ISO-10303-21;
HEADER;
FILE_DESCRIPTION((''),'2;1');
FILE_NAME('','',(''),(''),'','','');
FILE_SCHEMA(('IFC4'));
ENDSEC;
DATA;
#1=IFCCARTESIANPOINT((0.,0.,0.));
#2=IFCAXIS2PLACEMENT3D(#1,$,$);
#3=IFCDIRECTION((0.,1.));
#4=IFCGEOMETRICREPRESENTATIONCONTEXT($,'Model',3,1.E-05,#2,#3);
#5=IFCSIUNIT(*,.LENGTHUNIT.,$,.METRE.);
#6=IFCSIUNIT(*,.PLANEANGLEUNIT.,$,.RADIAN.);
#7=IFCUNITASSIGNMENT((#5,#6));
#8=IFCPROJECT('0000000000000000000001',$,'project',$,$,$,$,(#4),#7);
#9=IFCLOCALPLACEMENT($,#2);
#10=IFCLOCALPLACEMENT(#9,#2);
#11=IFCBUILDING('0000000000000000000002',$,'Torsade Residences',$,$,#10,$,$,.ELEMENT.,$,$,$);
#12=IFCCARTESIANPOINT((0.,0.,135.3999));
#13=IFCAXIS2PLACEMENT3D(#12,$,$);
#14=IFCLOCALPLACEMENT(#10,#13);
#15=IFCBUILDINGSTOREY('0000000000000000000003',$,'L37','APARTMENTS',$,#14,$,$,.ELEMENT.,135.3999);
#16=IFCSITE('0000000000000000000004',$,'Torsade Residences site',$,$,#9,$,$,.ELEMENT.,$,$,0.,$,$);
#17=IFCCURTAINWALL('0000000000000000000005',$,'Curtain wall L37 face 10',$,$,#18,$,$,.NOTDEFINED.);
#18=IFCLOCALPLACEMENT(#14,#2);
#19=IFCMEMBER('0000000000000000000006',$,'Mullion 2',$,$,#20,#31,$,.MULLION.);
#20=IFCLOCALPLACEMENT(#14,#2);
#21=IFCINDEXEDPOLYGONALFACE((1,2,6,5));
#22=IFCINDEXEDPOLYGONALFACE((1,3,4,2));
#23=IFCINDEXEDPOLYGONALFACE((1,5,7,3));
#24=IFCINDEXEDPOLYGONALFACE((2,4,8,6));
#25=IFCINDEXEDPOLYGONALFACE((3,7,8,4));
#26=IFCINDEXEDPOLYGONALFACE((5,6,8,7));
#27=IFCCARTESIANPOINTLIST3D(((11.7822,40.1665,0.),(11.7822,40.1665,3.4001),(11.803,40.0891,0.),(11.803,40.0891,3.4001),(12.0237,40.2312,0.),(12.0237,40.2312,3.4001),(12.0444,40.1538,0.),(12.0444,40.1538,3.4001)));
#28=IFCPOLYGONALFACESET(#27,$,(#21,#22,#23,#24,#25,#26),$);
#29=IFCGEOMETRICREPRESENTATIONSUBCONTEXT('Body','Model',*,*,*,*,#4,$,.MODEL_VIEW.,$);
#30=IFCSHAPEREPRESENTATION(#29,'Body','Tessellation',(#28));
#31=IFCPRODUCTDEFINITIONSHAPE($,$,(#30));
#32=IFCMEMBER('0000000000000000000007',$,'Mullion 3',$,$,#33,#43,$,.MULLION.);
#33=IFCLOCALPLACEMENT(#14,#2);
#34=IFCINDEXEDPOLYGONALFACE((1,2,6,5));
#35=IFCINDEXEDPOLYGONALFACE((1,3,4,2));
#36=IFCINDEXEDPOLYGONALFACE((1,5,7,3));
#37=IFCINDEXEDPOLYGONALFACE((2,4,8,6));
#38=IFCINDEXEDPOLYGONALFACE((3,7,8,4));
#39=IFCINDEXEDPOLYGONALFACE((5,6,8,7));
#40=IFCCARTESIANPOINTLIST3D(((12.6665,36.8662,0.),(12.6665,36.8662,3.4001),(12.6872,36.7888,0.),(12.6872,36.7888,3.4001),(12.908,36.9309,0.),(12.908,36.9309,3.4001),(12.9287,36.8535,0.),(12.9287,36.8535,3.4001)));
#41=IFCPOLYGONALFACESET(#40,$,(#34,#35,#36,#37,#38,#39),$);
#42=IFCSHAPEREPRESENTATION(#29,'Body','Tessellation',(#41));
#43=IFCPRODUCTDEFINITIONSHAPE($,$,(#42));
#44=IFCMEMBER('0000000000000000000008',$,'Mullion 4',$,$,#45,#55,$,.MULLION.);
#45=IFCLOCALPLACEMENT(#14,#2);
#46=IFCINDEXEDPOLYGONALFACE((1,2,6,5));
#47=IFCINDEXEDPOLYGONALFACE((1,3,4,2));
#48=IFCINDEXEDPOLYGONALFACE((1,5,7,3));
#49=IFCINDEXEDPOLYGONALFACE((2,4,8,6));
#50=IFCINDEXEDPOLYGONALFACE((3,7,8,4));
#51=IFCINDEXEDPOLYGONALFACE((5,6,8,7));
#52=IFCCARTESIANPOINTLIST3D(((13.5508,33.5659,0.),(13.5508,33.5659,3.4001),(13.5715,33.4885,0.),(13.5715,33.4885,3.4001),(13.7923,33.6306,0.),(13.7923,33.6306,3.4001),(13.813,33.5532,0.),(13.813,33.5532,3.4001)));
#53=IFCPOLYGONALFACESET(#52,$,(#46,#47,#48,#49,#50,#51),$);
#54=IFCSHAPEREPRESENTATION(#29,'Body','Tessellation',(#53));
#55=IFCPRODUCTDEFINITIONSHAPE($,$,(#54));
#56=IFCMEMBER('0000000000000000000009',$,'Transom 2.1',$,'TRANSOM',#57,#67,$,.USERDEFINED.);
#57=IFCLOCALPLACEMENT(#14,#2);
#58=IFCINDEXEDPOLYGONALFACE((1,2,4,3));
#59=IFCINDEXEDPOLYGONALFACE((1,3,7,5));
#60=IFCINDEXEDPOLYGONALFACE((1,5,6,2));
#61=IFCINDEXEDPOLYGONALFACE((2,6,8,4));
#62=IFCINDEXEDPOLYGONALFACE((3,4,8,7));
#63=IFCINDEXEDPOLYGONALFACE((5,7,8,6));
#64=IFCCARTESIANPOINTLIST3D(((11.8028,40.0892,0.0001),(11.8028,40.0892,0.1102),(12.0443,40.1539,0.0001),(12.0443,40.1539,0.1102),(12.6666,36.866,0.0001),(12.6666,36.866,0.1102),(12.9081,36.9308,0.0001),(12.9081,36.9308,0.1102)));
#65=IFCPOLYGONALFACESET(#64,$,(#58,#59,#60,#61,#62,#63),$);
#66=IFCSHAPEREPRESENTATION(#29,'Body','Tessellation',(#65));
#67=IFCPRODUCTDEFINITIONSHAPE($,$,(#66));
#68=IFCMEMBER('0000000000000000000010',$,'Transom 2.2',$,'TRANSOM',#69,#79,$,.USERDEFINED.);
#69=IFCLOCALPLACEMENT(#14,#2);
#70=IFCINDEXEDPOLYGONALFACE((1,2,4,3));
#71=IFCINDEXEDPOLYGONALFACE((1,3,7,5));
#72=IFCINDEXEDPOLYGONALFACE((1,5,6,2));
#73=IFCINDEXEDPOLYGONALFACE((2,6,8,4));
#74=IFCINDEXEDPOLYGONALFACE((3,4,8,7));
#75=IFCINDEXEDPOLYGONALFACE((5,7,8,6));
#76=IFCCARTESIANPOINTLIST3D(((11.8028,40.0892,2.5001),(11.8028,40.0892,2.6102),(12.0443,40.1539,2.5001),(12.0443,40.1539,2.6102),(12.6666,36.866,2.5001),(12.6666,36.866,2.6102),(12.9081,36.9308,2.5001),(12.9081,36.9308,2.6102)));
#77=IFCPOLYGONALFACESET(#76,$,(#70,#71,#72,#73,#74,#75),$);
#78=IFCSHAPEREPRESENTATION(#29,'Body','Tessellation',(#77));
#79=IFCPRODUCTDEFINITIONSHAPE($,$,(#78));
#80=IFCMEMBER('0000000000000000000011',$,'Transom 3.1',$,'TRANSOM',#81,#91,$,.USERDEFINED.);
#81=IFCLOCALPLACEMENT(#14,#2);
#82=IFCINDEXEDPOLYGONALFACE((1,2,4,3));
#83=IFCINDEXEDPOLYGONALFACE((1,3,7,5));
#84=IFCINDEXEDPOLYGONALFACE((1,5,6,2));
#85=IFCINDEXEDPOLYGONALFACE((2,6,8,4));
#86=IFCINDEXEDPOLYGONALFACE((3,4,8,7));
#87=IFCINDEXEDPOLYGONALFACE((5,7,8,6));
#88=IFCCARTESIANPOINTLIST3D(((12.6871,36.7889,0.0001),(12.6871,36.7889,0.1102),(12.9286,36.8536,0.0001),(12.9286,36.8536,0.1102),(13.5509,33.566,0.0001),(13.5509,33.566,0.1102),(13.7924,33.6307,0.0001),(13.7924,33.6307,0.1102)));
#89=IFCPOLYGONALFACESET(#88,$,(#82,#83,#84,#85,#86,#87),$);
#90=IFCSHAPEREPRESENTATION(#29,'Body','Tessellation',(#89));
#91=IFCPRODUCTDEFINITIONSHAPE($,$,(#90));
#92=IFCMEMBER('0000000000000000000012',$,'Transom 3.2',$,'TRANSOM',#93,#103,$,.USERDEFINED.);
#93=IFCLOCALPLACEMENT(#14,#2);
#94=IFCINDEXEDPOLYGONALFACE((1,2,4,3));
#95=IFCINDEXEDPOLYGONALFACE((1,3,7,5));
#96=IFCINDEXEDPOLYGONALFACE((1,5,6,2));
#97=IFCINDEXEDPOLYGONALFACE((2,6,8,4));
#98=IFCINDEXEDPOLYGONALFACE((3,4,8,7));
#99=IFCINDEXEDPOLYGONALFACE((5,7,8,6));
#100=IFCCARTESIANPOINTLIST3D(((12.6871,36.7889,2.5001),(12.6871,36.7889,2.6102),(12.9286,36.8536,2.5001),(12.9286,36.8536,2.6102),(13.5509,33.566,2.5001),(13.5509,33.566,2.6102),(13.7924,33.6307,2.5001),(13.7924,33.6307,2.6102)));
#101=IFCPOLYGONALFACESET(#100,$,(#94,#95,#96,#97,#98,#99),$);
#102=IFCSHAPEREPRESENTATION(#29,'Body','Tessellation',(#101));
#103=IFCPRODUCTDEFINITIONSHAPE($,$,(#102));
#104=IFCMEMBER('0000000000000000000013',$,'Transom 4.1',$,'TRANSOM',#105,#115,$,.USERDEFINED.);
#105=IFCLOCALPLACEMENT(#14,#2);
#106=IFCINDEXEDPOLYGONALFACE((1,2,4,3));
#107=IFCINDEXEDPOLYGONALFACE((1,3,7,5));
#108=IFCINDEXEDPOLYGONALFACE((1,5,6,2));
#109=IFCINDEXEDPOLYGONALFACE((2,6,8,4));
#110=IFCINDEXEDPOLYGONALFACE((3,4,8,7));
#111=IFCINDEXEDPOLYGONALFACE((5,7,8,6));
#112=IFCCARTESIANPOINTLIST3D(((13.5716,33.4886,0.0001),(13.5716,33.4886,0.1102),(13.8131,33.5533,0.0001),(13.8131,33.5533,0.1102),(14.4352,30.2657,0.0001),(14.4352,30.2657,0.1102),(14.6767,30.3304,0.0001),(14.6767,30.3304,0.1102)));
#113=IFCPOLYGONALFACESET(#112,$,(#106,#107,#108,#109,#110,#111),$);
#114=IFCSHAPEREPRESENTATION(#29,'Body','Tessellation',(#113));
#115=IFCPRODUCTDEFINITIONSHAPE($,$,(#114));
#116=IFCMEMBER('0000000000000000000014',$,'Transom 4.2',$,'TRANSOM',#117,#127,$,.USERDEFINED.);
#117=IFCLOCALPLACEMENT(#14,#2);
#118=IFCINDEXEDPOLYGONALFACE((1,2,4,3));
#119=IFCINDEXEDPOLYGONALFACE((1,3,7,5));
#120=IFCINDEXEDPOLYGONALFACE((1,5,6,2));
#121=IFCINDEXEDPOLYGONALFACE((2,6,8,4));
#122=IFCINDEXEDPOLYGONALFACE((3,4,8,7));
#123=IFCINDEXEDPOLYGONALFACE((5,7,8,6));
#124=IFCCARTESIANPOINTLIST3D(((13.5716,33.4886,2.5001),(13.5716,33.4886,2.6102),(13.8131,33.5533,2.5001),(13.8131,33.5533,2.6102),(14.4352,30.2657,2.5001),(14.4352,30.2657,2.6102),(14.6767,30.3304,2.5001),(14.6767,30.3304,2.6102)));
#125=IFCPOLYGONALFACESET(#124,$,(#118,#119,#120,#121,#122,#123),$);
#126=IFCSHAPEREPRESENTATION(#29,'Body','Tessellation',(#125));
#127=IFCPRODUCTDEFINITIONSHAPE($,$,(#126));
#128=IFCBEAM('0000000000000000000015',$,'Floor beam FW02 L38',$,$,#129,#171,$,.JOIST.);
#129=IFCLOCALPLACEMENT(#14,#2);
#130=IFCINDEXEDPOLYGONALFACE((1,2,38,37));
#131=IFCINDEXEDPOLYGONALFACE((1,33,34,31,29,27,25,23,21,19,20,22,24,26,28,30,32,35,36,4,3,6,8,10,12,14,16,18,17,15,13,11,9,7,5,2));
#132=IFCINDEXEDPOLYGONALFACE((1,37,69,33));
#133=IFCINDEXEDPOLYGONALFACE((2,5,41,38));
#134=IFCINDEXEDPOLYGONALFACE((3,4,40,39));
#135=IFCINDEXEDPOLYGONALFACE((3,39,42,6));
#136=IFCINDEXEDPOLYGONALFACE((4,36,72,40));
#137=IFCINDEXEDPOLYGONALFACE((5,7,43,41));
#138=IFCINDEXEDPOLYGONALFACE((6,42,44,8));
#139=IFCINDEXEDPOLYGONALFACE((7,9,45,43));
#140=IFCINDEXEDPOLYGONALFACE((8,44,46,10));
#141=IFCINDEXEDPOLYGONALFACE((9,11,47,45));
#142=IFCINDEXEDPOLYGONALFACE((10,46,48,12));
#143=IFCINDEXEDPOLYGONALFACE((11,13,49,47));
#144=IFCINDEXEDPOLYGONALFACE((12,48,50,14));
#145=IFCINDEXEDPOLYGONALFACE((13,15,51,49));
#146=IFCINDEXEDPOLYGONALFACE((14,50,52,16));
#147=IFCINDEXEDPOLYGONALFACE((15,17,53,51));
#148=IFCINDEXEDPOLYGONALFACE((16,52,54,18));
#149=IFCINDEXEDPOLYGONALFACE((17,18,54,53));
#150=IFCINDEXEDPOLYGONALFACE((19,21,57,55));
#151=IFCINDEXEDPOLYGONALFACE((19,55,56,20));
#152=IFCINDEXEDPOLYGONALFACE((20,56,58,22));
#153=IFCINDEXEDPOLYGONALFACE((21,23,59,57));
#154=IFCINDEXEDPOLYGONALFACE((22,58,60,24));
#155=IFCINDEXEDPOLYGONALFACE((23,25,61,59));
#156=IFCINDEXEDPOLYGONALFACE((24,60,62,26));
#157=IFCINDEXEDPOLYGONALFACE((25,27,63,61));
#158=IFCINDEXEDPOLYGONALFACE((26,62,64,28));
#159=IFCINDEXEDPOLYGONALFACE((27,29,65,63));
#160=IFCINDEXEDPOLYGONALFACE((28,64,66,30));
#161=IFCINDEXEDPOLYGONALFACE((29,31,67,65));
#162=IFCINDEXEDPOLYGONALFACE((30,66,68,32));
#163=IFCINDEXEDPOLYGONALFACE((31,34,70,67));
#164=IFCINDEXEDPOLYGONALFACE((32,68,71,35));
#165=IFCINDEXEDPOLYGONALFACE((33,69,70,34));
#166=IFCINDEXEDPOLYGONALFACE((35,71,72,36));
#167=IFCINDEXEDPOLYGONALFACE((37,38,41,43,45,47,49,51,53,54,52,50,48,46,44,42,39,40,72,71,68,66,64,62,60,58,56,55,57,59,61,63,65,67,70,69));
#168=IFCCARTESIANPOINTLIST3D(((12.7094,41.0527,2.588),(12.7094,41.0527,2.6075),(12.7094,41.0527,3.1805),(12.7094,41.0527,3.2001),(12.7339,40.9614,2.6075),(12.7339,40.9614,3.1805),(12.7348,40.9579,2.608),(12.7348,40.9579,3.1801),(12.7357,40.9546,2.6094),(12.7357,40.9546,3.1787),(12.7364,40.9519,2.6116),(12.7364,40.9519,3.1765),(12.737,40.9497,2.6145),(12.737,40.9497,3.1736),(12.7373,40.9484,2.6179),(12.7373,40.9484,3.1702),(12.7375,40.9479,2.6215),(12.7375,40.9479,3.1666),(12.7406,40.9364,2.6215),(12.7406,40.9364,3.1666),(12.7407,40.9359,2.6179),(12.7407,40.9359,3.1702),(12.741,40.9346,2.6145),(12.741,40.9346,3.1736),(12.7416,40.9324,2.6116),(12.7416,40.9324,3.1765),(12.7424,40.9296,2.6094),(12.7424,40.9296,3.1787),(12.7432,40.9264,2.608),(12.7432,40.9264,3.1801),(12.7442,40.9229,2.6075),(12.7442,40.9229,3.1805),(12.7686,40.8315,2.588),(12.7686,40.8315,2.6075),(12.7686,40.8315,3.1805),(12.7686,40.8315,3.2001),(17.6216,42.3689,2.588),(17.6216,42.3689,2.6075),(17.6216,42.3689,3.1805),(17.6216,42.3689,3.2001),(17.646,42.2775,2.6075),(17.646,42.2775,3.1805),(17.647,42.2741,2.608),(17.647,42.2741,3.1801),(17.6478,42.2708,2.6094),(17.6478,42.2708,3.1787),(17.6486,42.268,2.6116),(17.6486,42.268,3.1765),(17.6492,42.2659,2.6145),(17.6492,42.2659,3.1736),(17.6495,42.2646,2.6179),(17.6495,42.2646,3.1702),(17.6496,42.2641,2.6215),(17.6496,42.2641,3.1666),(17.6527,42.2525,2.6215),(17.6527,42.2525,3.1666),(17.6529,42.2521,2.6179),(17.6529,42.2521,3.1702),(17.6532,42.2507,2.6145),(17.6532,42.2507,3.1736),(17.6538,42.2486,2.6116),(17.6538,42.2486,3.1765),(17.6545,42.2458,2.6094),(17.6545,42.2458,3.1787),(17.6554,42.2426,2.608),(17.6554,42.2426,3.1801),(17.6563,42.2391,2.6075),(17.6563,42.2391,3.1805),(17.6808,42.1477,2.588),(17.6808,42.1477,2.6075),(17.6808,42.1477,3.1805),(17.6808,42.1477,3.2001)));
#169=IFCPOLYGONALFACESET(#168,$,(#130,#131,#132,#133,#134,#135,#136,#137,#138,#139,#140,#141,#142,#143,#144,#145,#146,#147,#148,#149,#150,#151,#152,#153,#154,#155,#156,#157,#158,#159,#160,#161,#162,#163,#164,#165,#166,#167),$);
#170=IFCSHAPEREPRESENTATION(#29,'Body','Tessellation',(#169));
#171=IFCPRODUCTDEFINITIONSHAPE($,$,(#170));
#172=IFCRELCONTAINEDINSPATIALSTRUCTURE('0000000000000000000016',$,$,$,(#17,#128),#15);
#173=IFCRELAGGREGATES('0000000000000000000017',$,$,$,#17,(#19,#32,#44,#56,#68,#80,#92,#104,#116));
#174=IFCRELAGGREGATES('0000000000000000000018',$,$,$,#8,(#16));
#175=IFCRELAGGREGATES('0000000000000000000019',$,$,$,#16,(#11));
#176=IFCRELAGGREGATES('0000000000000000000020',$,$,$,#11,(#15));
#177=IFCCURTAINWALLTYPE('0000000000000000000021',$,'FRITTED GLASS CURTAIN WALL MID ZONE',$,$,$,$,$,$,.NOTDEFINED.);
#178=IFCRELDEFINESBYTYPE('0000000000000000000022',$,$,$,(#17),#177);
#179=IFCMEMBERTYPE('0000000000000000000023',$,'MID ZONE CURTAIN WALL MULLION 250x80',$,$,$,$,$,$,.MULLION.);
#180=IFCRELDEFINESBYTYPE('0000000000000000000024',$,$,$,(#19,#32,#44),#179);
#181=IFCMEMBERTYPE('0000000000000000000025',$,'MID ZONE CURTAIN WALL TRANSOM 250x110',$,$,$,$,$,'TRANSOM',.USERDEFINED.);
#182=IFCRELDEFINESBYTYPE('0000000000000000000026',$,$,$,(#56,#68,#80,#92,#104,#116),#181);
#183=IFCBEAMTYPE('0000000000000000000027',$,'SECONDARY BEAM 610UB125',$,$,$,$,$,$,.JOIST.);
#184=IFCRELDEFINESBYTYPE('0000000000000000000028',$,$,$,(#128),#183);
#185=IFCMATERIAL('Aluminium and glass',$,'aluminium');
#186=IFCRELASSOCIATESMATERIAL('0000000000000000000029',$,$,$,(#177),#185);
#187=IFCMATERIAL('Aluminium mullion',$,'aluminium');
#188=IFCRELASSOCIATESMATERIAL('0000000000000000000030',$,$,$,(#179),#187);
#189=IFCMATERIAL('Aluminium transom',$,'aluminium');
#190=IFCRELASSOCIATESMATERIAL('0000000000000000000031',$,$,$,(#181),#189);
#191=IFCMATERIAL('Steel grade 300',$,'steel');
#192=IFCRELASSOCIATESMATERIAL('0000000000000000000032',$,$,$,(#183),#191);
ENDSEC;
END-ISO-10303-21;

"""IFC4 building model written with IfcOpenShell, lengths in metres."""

from ifc_helpers import new_model, si_unit, direction, frame, origin, origin_2d, place, context, subcontext, project, spatial, rectangle, i_section, extrude, material, material_profile, profile_set, type_object, element, aggregate, save


model = new_model("IFC4")

# Units and contexts
model_context = context("Model", 3, precision=1e-05, world=origin(), true_north=direction((0.0, 1.0)))
body_context = subcontext(model_context, "Body", "Model", "MODEL_VIEW")
ifc_project = project(units=[si_unit("LENGTHUNIT", "METRE"), si_unit("PLANEANGLEUNIT", "RADIAN")], contexts=[model_context])

# Site, building, storey
site_placement = place(None, origin())
site = spatial("IfcSite", under=ifc_project, at=site_placement, Name="Torsade Residences site", CompositionType="ELEMENT", RefElevation=0.0)
building_placement = place(site_placement, origin())
building = spatial("IfcBuilding", under=site, at=building_placement, Name="Torsade Residences", CompositionType="ELEMENT")
storey_placement = place(building_placement, frame((0.0, 0.0, 135.3999)))
storey = spatial("IfcBuildingStorey", under=building, at=storey_placement, Name="L37", Description="APARTMENTS", CompositionType="ELEMENT", Elevation=135.3999)

# Curtain wall, members
ifc_material_1 = material(Name="Aluminium and glass", Category="aluminium")
curtain_wall_type = type_object("IfcCurtainWallType", Name="FRITTED GLASS CURTAIN WALL MID ZONE", PredefinedType="NOTDEFINED", material=ifc_material_1)
curtain_wall_placement = place(storey_placement, origin())
curtain_wall = element("IfcCurtainWall", 1, at=curtain_wall_placement, inside=storey, type_object=curtain_wall_type, Name="Curtain wall L37 face 10", PredefinedType="NOTDEFINED")
ifc_material_2 = material(Name="Aluminium mullion", Category="aluminium")
ifc_material_profile_1 = material_profile(ifc_material_2, rectangle(XDim=0.25, YDim=0.0801, at=origin_2d()), Name="MID ZONE CURTAIN WALL MULLION 250x80")
ifc_profile_set_1 = profile_set([ifc_material_profile_1], Name="Aluminium mullion")
member_type_1 = type_object("IfcMemberType", Name="MID ZONE CURTAIN WALL MULLION 250x80", PredefinedType="MULLION", material=ifc_profile_set_1)
member_1_placement = place(storey_placement, frame((11.9133, 40.1602, 0.0), z_axis=(0.0, 0.0, 1.0), x_axis=(0.965926, 0.258819, 0.0)))
member_1 = element("IfcMember", 2, at=member_1_placement, type_object=member_type_1, Name="Mullion 2", PredefinedType="MULLION", context=body_context, shape_type="SweptSolid", body=[
    extrude(rectangle(XDim=0.25, YDim=0.0801, at=origin_2d()), origin(), (0.0, 0.0, 1.0), 3.4001),
])
member_2_placement = place(storey_placement, frame((12.7976, 36.8599, 0.0), z_axis=(0.0, 0.0, 1.0), x_axis=(0.965926, 0.258819, 0.0)))
member_2 = element("IfcMember", 3, at=member_2_placement, type_object=member_type_1, Name="Mullion 3", PredefinedType="MULLION", context=body_context, shape_type="SweptSolid", body=[
    extrude(rectangle(XDim=0.25, YDim=0.0801, at=origin_2d()), origin(), (0.0, 0.0, 1.0), 3.4001),
])
member_3_placement = place(storey_placement, frame((13.6819, 33.5596, 0.0), z_axis=(0.0, 0.0, 1.0), x_axis=(0.965926, 0.258819, 0.0)))
member_3 = element("IfcMember", 4, at=member_3_placement, type_object=member_type_1, Name="Mullion 4", PredefinedType="MULLION", context=body_context, shape_type="SweptSolid", body=[
    extrude(rectangle(XDim=0.25, YDim=0.0801, at=origin_2d()), origin(), (0.0, 0.0, 1.0), 3.4001),
])
ifc_material_3 = material(Name="Aluminium transom", Category="aluminium")
ifc_material_profile_2 = material_profile(ifc_material_3, rectangle(XDim=0.25, YDim=0.1101, at=origin_2d()), Name="MID ZONE CURTAIN WALL TRANSOM 250x110")
ifc_profile_set_2 = profile_set([ifc_material_profile_2], Name="Aluminium transom")
member_type_2 = type_object("IfcMemberType", Name="MID ZONE CURTAIN WALL TRANSOM 250x110", ElementType="TRANSOM", PredefinedType="USERDEFINED", material=ifc_profile_set_2)
member_4_placement = place(storey_placement, frame((11.9236, 40.1216, 0.0552), z_axis=(0.258856, -0.965916, 0.0), x_axis=(0.965916, 0.258856, 0.0)))
member_4 = element("IfcMember", 5, at=member_4_placement, type_object=member_type_2, Name="Transom 2.1", ObjectType="TRANSOM", PredefinedType="USERDEFINED", context=body_context, shape_type="SweptSolid", body=[
    extrude(rectangle(XDim=0.25, YDim=0.1101, at=origin_2d()), origin(), (0.0, 0.0, 1.0), 3.3369),
])
member_5_placement = place(storey_placement, frame((11.9236, 40.1216, 2.5552), z_axis=(0.258856, -0.965916, 0.0), x_axis=(0.965916, 0.258856, 0.0)))
member_5 = element("IfcMember", 6, at=member_5_placement, type_object=member_type_2, Name="Transom 2.2", ObjectType="TRANSOM", PredefinedType="USERDEFINED", context=body_context, shape_type="SweptSolid", body=[
    extrude(rectangle(XDim=0.25, YDim=0.1101, at=origin_2d()), origin(), (0.0, 0.0, 1.0), 3.3369),
])
member_6_placement = place(storey_placement, frame((12.8079, 36.8213, 0.0552), z_axis=(0.258874, -0.965911, 0.0), x_axis=(0.965911, 0.258874, 0.0)))
member_6 = element("IfcMember", 7, at=member_6_placement, type_object=member_type_2, Name="Transom 3.1", ObjectType="TRANSOM", PredefinedType="USERDEFINED", context=body_context, shape_type="SweptSolid", body=[
    extrude(rectangle(XDim=0.25, YDim=0.1101, at=origin_2d()), origin(), (0.0, 0.0, 1.0), 3.3367),
])
member_7_placement = place(storey_placement, frame((12.8079, 36.8213, 2.5552), z_axis=(0.258874, -0.965911, 0.0), x_axis=(0.965911, 0.258874, 0.0)))
member_7 = element("IfcMember", 8, at=member_7_placement, type_object=member_type_2, Name="Transom 3.2", ObjectType="TRANSOM", PredefinedType="USERDEFINED", context=body_context, shape_type="SweptSolid", body=[
    extrude(rectangle(XDim=0.25, YDim=0.1101, at=origin_2d()), origin(), (0.0, 0.0, 1.0), 3.3367),
])
member_8_placement = place(storey_placement, frame((13.6924, 33.521, 0.0552), z_axis=(0.258806, -0.965929, 0.0), x_axis=(0.965929, 0.258806, 0.0)))
member_8 = element("IfcMember", 9, at=member_8_placement, type_object=member_type_2, Name="Transom 4.1", ObjectType="TRANSOM", PredefinedType="USERDEFINED", context=body_context, shape_type="SweptSolid", body=[
    extrude(rectangle(XDim=0.25, YDim=0.1101, at=origin_2d()), origin(), (0.0, 0.0, 1.0), 3.3367),
])
member_9_placement = place(storey_placement, frame((13.6924, 33.521, 2.5552), z_axis=(0.258806, -0.965929, 0.0), x_axis=(0.965929, 0.258806, 0.0)))
member_9 = element("IfcMember", 10, at=member_9_placement, type_object=member_type_2, Name="Transom 4.2", ObjectType="TRANSOM", PredefinedType="USERDEFINED", context=body_context, shape_type="SweptSolid", body=[
    extrude(rectangle(XDim=0.25, YDim=0.1101, at=origin_2d()), origin(), (0.0, 0.0, 1.0), 3.3367),
])

# Beam
ifc_material_4 = material(Name="Steel grade 300", Category="steel")
ifc_material_profile_3 = material_profile(ifc_material_4, i_section(OverallWidth=0.229, OverallDepth=0.6121, WebThickness=0.012, FlangeThickness=0.0195, FilletRadius=0.0139, at=origin_2d()), Name="610UB125")
ifc_profile_set_3 = profile_set([ifc_material_profile_3], Name="Steel grade 300")
beam_type = type_object("IfcBeamType", Name="SECONDARY BEAM 610UB125", PredefinedType="JOIST", material=ifc_profile_set_3)
beam_1_placement = place(storey_placement, frame((12.739, 40.9421, 2.894), z_axis=(0.965927, 0.258813, 0.0), x_axis=(-0.258813, 0.965927, 0.0)))
element("IfcBeam", 11, at=beam_1_placement, inside=storey, type_object=beam_type, Name="Floor beam FW02 L38", PredefinedType="JOIST", context=body_context, shape_type="SweptSolid", body=[
    extrude(i_section(OverallWidth=0.229, OverallDepth=0.6121, WebThickness=0.012, FlangeThickness=0.0195, FilletRadius=0.0139, at=origin_2d()), origin(), (0.0, 0.0, 1.0), 5.0854),
])

aggregate(curtain_wall, [member_1, member_2, member_3, member_4, member_5, member_6, member_7, member_8, member_9])

save(model, "model.ifc")
